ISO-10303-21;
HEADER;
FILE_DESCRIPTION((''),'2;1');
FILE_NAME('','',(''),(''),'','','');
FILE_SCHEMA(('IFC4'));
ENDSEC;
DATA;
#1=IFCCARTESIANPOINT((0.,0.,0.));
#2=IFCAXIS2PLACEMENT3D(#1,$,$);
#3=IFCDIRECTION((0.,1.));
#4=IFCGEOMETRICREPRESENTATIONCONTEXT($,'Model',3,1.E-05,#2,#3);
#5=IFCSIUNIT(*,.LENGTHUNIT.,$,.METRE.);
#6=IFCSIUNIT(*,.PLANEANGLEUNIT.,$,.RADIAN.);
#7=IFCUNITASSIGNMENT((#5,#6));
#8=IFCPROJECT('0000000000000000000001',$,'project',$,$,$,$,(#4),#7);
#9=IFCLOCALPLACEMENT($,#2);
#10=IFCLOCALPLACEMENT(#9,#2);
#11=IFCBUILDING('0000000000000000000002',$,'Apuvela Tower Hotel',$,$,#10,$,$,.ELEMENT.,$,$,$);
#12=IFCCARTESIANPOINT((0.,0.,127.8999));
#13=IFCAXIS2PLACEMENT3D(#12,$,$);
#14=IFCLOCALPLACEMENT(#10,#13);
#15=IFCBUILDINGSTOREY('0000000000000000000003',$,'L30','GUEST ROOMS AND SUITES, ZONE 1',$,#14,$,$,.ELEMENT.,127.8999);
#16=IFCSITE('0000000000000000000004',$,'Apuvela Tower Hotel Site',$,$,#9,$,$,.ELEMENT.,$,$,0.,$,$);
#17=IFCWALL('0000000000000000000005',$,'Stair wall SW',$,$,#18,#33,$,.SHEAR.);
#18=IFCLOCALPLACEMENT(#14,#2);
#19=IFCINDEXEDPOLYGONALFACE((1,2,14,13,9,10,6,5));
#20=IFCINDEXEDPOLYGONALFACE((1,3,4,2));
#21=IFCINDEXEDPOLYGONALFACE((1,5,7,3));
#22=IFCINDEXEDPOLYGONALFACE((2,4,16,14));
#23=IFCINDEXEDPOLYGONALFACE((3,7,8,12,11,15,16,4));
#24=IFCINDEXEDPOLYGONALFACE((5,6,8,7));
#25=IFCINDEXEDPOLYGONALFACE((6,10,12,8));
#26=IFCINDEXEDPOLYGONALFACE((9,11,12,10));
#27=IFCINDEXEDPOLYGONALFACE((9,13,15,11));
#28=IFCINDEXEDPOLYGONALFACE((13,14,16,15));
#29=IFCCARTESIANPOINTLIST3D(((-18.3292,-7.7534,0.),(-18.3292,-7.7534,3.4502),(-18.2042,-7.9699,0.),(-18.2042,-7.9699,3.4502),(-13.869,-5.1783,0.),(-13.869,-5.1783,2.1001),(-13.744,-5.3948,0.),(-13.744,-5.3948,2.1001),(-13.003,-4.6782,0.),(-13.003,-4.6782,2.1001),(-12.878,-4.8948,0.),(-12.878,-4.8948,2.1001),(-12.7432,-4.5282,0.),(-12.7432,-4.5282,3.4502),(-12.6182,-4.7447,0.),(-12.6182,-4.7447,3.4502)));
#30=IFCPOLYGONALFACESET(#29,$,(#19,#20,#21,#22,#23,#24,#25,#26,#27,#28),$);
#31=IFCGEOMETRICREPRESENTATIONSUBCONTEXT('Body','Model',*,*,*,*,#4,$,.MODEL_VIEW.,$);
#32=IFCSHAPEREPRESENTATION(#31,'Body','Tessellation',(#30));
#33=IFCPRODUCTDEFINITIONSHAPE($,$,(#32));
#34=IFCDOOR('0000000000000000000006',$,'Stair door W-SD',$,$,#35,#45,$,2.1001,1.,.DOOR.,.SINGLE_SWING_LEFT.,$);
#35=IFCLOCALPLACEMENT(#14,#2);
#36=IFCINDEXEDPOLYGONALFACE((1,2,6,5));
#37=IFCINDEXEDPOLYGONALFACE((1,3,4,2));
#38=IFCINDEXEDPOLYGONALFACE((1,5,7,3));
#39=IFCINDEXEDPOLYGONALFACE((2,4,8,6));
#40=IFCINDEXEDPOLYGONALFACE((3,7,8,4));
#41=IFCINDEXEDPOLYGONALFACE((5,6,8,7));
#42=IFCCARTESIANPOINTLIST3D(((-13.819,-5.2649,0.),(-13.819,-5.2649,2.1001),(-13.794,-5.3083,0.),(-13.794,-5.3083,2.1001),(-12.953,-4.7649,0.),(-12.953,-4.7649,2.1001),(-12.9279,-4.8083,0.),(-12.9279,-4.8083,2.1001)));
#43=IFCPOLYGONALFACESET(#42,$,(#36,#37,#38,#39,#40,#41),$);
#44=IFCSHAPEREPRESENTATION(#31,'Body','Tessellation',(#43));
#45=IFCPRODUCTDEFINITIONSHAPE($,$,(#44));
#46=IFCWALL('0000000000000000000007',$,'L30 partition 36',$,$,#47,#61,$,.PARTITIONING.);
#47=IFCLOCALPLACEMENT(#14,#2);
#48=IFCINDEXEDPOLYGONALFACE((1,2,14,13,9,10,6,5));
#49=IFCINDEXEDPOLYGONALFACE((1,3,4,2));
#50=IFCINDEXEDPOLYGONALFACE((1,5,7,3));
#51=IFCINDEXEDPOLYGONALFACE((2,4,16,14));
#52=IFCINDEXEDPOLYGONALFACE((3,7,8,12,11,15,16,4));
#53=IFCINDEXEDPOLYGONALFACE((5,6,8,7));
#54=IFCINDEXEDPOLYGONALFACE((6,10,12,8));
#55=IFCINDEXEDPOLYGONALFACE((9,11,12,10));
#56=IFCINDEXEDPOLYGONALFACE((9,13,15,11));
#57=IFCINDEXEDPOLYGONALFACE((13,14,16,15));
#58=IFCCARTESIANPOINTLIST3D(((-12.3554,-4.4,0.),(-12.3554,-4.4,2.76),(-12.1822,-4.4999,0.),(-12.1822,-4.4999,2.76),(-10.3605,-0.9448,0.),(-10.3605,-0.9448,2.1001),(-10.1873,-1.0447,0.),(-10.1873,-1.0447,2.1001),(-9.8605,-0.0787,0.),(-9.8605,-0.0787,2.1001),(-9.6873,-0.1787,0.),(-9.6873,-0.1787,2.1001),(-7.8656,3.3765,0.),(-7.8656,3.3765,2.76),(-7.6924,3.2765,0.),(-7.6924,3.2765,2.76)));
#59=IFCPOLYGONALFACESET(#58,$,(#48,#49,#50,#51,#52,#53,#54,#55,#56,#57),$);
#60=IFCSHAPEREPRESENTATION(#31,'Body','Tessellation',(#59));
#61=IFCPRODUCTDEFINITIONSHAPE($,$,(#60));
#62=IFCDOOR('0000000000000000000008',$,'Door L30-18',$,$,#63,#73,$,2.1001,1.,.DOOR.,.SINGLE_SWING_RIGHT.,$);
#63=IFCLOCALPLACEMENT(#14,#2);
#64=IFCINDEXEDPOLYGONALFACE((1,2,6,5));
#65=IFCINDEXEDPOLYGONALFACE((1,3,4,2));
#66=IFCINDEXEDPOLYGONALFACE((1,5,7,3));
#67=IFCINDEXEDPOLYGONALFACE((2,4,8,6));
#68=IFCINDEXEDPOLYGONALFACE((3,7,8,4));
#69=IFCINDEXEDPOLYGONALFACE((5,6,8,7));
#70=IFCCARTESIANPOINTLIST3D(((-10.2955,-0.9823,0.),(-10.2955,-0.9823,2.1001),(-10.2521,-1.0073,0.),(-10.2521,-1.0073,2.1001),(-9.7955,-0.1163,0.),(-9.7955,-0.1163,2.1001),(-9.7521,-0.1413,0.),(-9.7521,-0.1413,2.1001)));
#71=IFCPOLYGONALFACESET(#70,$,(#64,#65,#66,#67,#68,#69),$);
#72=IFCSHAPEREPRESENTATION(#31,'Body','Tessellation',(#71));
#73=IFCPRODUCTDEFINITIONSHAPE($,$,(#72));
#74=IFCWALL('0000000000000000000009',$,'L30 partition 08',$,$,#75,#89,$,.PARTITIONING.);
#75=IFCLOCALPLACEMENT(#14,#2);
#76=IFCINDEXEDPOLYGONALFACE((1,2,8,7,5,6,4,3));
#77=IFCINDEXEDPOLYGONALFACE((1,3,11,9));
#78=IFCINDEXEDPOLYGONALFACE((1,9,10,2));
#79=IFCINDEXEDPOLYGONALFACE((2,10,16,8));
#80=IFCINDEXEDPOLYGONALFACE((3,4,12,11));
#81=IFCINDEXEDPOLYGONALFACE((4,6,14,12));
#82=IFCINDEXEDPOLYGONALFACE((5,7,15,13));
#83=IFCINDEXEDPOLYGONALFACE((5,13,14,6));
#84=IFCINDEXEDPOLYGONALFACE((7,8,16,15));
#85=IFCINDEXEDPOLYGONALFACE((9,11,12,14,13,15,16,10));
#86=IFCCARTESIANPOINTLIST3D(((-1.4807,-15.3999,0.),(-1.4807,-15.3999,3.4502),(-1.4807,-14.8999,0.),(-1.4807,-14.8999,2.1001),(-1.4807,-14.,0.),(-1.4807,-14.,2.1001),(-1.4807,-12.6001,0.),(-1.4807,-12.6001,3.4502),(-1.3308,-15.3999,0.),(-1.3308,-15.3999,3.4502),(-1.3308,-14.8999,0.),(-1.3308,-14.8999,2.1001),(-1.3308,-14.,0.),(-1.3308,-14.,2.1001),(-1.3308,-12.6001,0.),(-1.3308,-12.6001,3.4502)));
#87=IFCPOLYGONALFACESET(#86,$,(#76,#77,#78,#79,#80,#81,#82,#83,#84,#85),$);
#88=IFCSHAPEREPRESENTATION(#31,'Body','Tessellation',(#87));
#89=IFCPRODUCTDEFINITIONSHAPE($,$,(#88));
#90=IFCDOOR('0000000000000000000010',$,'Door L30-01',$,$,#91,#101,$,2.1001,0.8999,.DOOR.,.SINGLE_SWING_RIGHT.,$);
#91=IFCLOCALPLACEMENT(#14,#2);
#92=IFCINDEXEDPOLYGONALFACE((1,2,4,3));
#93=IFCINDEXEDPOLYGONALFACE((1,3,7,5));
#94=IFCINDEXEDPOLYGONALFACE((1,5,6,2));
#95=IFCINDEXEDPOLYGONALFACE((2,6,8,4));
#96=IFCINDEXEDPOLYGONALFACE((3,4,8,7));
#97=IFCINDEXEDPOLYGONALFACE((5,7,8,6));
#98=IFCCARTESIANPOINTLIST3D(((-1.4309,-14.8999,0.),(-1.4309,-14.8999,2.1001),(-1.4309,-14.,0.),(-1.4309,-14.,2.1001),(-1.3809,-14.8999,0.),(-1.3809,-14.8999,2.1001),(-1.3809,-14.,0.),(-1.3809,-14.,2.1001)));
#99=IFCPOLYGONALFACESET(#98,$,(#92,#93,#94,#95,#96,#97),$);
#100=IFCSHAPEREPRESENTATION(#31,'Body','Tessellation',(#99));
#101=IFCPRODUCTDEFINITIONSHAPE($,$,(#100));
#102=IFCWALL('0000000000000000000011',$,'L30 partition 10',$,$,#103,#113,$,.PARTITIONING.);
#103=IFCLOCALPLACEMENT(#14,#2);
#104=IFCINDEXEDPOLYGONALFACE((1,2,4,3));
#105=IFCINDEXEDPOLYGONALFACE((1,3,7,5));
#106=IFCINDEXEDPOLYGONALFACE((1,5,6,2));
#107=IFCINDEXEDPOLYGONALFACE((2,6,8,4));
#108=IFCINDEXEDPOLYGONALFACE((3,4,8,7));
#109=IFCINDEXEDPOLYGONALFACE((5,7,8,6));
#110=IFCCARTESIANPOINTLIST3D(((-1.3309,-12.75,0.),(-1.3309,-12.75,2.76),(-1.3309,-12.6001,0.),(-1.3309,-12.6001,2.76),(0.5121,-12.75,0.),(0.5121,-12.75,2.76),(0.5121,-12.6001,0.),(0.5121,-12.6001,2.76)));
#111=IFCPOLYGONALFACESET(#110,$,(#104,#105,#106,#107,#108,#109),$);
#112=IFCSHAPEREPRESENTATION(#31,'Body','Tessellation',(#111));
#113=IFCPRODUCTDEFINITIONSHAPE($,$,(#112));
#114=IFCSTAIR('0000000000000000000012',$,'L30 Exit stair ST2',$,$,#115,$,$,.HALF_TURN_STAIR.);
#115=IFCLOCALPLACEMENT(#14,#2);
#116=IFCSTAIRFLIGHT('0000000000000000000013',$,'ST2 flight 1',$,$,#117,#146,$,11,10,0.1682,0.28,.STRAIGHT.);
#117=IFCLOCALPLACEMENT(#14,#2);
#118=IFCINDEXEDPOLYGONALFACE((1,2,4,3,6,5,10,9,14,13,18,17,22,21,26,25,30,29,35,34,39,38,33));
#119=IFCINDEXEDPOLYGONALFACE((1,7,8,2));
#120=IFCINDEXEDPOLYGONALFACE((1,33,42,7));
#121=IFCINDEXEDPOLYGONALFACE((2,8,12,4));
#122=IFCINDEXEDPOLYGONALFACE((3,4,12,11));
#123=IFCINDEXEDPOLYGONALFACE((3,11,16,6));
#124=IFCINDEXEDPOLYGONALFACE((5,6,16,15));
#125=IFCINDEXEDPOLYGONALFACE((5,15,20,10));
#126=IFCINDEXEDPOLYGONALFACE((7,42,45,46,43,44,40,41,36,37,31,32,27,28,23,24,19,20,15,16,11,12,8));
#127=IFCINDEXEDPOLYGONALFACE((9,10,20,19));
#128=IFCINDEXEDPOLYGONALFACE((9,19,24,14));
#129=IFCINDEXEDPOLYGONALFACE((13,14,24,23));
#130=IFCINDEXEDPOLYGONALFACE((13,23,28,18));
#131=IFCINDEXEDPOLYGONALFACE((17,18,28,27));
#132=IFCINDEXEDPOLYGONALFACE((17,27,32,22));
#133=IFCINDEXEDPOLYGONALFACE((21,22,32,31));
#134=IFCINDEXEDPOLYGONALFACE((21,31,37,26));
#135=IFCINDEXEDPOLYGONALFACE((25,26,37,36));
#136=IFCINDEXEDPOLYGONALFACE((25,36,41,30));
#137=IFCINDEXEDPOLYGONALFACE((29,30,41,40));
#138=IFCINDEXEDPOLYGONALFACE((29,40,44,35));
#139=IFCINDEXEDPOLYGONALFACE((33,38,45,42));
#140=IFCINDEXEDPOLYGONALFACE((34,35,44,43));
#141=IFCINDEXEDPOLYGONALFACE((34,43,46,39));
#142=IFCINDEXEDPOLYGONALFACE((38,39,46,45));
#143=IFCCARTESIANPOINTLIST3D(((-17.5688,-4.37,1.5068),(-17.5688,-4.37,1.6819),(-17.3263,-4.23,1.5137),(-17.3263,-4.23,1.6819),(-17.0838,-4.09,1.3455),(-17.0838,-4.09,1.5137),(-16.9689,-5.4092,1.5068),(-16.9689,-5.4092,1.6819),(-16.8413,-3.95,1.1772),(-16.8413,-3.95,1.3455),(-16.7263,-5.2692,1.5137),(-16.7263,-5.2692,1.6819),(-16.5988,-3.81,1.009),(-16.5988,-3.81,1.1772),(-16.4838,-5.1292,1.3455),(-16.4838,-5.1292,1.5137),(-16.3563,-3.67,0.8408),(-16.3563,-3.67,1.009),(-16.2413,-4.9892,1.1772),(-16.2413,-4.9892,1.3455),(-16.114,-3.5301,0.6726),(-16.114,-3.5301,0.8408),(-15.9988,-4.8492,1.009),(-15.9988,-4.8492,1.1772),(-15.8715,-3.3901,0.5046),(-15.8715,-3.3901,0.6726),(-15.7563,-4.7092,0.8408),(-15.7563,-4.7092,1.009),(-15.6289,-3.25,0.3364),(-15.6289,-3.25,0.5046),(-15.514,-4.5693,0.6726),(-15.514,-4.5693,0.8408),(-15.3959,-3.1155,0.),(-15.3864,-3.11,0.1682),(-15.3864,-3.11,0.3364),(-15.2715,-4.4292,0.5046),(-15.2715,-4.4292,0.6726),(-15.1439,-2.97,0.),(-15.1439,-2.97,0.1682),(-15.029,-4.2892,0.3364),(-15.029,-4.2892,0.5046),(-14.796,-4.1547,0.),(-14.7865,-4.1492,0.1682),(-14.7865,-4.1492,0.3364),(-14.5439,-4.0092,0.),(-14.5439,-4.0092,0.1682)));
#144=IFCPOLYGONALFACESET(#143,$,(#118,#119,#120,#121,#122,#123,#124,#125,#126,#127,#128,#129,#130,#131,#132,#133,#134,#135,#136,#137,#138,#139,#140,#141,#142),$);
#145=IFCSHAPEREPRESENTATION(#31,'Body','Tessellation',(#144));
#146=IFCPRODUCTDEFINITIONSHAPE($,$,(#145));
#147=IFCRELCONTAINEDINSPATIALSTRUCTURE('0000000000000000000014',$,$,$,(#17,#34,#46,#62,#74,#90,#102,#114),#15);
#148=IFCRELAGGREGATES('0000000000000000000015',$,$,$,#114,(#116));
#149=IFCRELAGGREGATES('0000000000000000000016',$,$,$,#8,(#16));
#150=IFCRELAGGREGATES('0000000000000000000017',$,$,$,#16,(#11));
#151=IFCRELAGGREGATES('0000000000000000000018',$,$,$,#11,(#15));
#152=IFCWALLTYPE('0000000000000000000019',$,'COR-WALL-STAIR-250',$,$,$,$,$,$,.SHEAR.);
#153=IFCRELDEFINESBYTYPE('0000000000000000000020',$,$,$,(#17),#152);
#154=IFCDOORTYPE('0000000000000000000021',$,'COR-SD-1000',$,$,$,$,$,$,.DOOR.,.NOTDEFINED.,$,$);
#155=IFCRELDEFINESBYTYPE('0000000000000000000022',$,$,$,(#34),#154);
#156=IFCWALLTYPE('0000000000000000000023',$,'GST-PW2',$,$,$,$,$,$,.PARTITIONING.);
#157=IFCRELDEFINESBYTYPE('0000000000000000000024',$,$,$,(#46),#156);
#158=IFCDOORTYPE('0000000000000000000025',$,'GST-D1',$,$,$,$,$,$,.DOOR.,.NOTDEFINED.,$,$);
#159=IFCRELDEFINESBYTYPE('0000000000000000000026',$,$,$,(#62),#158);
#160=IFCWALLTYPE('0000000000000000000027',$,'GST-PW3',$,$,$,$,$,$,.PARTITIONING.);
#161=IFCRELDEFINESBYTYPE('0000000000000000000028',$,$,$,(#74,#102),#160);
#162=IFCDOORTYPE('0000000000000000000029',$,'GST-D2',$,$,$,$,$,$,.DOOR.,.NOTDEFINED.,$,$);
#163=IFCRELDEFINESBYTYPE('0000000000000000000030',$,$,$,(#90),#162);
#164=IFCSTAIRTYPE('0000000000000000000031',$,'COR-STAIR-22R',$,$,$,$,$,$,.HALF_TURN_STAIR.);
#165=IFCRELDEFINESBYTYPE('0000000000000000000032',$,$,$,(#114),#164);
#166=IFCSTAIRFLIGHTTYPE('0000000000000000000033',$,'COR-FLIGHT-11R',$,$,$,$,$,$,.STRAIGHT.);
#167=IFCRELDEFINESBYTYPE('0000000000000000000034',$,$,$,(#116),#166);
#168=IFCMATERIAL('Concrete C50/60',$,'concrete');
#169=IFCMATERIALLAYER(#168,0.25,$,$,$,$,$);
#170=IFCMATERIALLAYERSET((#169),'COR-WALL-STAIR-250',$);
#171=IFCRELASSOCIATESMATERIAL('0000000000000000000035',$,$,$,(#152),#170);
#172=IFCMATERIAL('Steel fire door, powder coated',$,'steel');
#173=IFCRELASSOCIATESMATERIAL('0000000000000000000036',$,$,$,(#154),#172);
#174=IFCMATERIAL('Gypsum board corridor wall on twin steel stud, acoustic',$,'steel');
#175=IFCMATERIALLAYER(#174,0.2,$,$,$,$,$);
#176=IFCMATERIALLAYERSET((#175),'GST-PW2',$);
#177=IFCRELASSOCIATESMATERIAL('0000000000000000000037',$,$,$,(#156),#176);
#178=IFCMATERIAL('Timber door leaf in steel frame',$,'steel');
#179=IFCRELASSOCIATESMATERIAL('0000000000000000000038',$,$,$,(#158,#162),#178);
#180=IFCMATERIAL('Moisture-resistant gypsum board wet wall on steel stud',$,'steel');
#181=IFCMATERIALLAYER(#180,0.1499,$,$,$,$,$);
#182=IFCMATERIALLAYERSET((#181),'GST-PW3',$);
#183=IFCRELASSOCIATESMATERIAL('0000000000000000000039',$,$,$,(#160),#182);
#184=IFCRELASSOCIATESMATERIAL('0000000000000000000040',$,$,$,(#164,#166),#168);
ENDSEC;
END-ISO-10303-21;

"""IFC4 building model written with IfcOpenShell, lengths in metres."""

from ifc_helpers import new_model, si_unit, direction, frame, frame_2d, origin, place, context, subcontext, project, spatial, polyline, rectangle, outline, extrude, material, layer, layer_set, type_object, element, fill, aggregate, save


model = new_model("IFC4")

# Units and contexts
model_context = context("Model", 3, precision=1e-05, world=origin(), true_north=direction((0.0, 1.0)))
body_context = subcontext(model_context, "Body", "Model", "MODEL_VIEW")
ifc_project = project(units=[si_unit("LENGTHUNIT", "METRE"), si_unit("PLANEANGLEUNIT", "RADIAN")], contexts=[model_context])

# Site, building, storey
site_placement = place(None, origin())
site = spatial("IfcSite", under=ifc_project, at=site_placement, Name="Apuvela Tower Hotel Site", CompositionType="ELEMENT", RefElevation=0.0)
building_placement = place(site_placement, origin())
building = spatial("IfcBuilding", under=site, at=building_placement, Name="Apuvela Tower Hotel", CompositionType="ELEMENT")
storey_placement = place(building_placement, frame((0.0, 0.0, 127.8999)))
storey = spatial("IfcBuildingStorey", under=building, at=storey_placement, Name="L30", Description="GUEST ROOMS AND SUITES, ZONE 1", CompositionType="ELEMENT", Elevation=127.8999)

# Shared definitions
ifc_material_1 = material(Name="Concrete C50/60", Category="concrete")
ifc_material_2 = material(Name="Steel fire door, powder coated", Category="steel")

# Walls, openings, doors
ifc_layer_1 = layer(ifc_material_1, 0.25)
ifc_layer_set_1 = layer_set([ifc_layer_1], Name="COR-WALL-STAIR-250")
wall_type_1 = type_object("IfcWallType", Name="COR-WALL-STAIR-250", PredefinedType="SHEAR", material=ifc_layer_set_1)
wall_1_placement = place(storey_placement, frame((-12.6807, -4.6365, 0.0), z_axis=(0.0, 0.0, 1.0), x_axis=(-0.866022, -0.500006, 0.0)))
wall_1 = element("IfcWall", 1, at=wall_1_placement, inside=storey, type_object=wall_type_1, Name="Stair wall SW", PredefinedType="SHEAR", context=body_context, shape_type="SweptSolid", body=[
    extrude(rectangle(XDim=6.4502, YDim=0.25, at=frame_2d((3.2251, 0.0))), origin(), (0.0, 0.0, 1.0), 3.4502),
])
opening_1_placement = place(wall_1_placement, frame((0.3, 0.0, 0.0)))
opening_1 = element("IfcOpeningElement", 2, at=opening_1_placement, cuts=wall_1, PredefinedType="OPENING", context=body_context, shape_type="SweptSolid", body=[
    extrude(rectangle(XDim=1.0, YDim=2.1001, at=frame_2d((0.5, 1.05))), frame((0.0, 0.135, 0.0), z_axis=(0.0, -1.0, 0.0), x_axis=(1.0, 0.0, 0.0)), (0.0, 0.0, 1.0), 0.27),
])
door_type_1 = type_object("IfcDoorType", Name="COR-SD-1000", OperationType="NOTDEFINED", PredefinedType="DOOR", material=ifc_material_2)
door_1_placement = place(opening_1_placement, frame((1.0, 0.0, 0.0), z_axis=(0.0, 0.0, 1.0), x_axis=(-1.0, 0.0, 0.0)))
door_1 = element("IfcDoor", 3, at=door_1_placement, inside=storey, type_object=door_type_1, Name="Stair door W-SD", OperationType="SINGLE_SWING_LEFT", OverallHeight=2.1001, OverallWidth=1.0, PredefinedType="DOOR", context=body_context, shape_type="SweptSolid", body=[
    extrude(rectangle(XDim=1.0, YDim=2.1001, at=frame_2d((0.5, 1.05))), frame((0.0, 0.0249, 0.0), z_axis=(0.0, -1.0, 0.0), x_axis=(1.0, 0.0, 0.0)), (0.0, 0.0, 1.0), 0.05),
])
fill(opening_1, door_1)
ifc_material_3 = material(Name="Gypsum board corridor wall on twin steel stud, acoustic", Category="steel")
ifc_layer_2 = layer(ifc_material_3, 0.2)
ifc_layer_set_2 = layer_set([ifc_layer_2], Name="GST-PW2")
wall_type_2 = type_object("IfcWallType", Name="GST-PW2", PredefinedType="PARTITIONING", material=ifc_layer_set_2)
wall_2_placement = place(storey_placement, frame((-12.2688, -4.45, 0.0), z_axis=(0.0, 0.0, 1.0), x_axis=(0.500005, 0.866023, 0.0)))
wall_2 = element("IfcWall", 4, at=wall_2_placement, inside=storey, type_object=wall_type_2, Name="L30 partition 36", PredefinedType="PARTITIONING", context=body_context, shape_type="SweptSolid", body=[
    extrude(rectangle(XDim=8.9795, YDim=0.2, at=frame_2d((4.4897, 0.0))), origin(), (0.0, 0.0, 1.0), 2.76),
])
opening_2_placement = place(wall_2_placement, frame((3.9897, 0.0, 0.0)))
opening_2 = element("IfcOpeningElement", 5, at=opening_2_placement, cuts=wall_2, PredefinedType="OPENING", context=body_context, shape_type="SweptSolid", body=[
    extrude(rectangle(XDim=1.0, YDim=2.1001, at=frame_2d((0.5, 1.05))), frame((0.0, 0.1099, 0.0), z_axis=(0.0, -1.0, 0.0), x_axis=(1.0, 0.0, 0.0)), (0.0, 0.0, 1.0), 0.22),
])
ifc_material_4 = material(Name="Timber door leaf in steel frame", Category="steel")
door_type_2 = type_object("IfcDoorType", Name="GST-D1", OperationType="NOTDEFINED", PredefinedType="DOOR", material=ifc_material_4)
door_2_placement = place(opening_2_placement, origin())
door_2 = element("IfcDoor", 6, at=door_2_placement, inside=storey, type_object=door_type_2, Name="Door L30-18", OperationType="SINGLE_SWING_RIGHT", OverallHeight=2.1001, OverallWidth=1.0, PredefinedType="DOOR", context=body_context, shape_type="SweptSolid", body=[
    extrude(rectangle(XDim=1.0, YDim=2.1001, at=frame_2d((0.5, 1.05))), frame((0.0, 0.0249, 0.0), z_axis=(0.0, -1.0, 0.0), x_axis=(1.0, 0.0, 0.0)), (0.0, 0.0, 1.0), 0.05),
])
fill(opening_2, door_2)
ifc_material_5 = material(Name="Moisture-resistant gypsum board wet wall on steel stud", Category="steel")
ifc_layer_3 = layer(ifc_material_5, 0.1499)
ifc_layer_set_3 = layer_set([ifc_layer_3], Name="GST-PW3")
wall_type_3 = type_object("IfcWallType", Name="GST-PW3", PredefinedType="PARTITIONING", material=ifc_layer_set_3)
wall_3_placement = place(storey_placement, frame((-1.4058, -12.6001, 0.0), z_axis=(0.0, 0.0, 1.0), x_axis=(0.0, -1.0, 0.0)))
wall_3 = element("IfcWall", 7, at=wall_3_placement, inside=storey, type_object=wall_type_3, Name="L30 partition 08", PredefinedType="PARTITIONING", context=body_context, shape_type="SweptSolid", body=[
    extrude(rectangle(XDim=2.7998, YDim=0.1499, at=frame_2d((1.3999, 0.0))), origin(), (0.0, 0.0, 1.0), 3.4502),
])
opening_3_placement = place(wall_3_placement, frame((1.3999, 0.0, 0.0)))
opening_3 = element("IfcOpeningElement", 8, at=opening_3_placement, cuts=wall_3, PredefinedType="OPENING", context=body_context, shape_type="SweptSolid", body=[
    extrude(rectangle(XDim=0.8999, YDim=2.1001, at=frame_2d((0.45, 1.05))), frame((0.0, 0.085, 0.0), z_axis=(0.0, -1.0, 0.0), x_axis=(1.0, 0.0, 0.0)), (0.0, 0.0, 1.0), 0.1699),
])
door_type_3 = type_object("IfcDoorType", Name="GST-D2", OperationType="NOTDEFINED", PredefinedType="DOOR", material=ifc_material_4)
door_3_placement = place(opening_3_placement, origin())
door_3 = element("IfcDoor", 9, at=door_3_placement, inside=storey, type_object=door_type_3, Name="Door L30-01", OperationType="SINGLE_SWING_RIGHT", OverallHeight=2.1001, OverallWidth=0.8999, PredefinedType="DOOR", context=body_context, shape_type="SweptSolid", body=[
    extrude(rectangle(XDim=0.8999, YDim=2.1001, at=frame_2d((0.45, 1.05))), frame((0.0, 0.0249, 0.0), z_axis=(0.0, -1.0, 0.0), x_axis=(1.0, 0.0, 0.0)), (0.0, 0.0, 1.0), 0.05),
])
fill(opening_3, door_3)

# Wall
wall_4_placement = place(storey_placement, frame((-1.3308, -12.675, 0.0), z_axis=(0.0, 0.0, 1.0), x_axis=(1.0, 0.0, 0.0)))
element("IfcWall", 10, at=wall_4_placement, inside=storey, type_object=wall_type_3, Name="L30 partition 10", PredefinedType="PARTITIONING", context=body_context, shape_type="SweptSolid", body=[
    extrude(rectangle(XDim=1.843, YDim=0.1499, at=frame_2d((0.9214, 0.0))), origin(), (0.0, 0.0, 1.0), 2.76),
])

# Stair, stair flight
stair_type = type_object("IfcStairType", Name="COR-STAIR-22R", PredefinedType="HALF_TURN_STAIR", material=ifc_material_1)
stair_placement = place(storey_placement, origin())
stair = element("IfcStair", 11, at=stair_placement, inside=storey, type_object=stair_type, Name="L30 Exit stair ST2", PredefinedType="HALF_TURN_STAIR")
stair_flight_type = type_object("IfcStairFlightType", Name="COR-FLIGHT-11R", PredefinedType="STRAIGHT", material=ifc_material_1)
stair_flight_placement = place(storey_placement, frame((-14.844, -3.4895, 0.0), z_axis=(0.0, 0.0, 1.0), x_axis=(-0.866025, -0.5, 0.0)))
stair_flight = element("IfcStairFlight", 12, at=stair_flight_placement, type_object=stair_flight_type, Name="ST2 flight 1", NumberOfRisers=11, NumberOfTreads=10, PredefinedType="STRAIGHT", RiserHeight=0.1682, TreadLength=0.28, context=body_context, shape_type="SweptSolid", body=[
    extrude(outline(polyline([(0.0, 0.0), (0.0, 0.1682), (0.28, 0.1682), (0.28, 0.3364), (0.5601, 0.3364), (0.5601, 0.5046), (0.8401, 0.5046), (0.8401, 0.6726), (1.1201, 0.6726), (1.1201, 0.8408), (1.3999, 0.8408), (1.3999, 1.009), (1.6799, 1.009), (1.6799, 1.1772), (1.96, 1.1772), (1.96, 1.3455), (2.24, 1.3455), (2.24, 1.5137), (2.52, 1.5137), (2.52, 1.6819), (2.8, 1.6819), (2.8, 1.8501), (2.8, 1.5068), (0.291, 0.0), (0.0, 0.0)])), frame((0.0, 0.6001, 0.0), z_axis=(0.0, -1.0, 0.0), x_axis=(1.0, 0.0, 0.0)), (0.0, 0.0, 1.0), 1.2),
])
aggregate(stair, [stair_flight])

save(model, "model.ifc")
